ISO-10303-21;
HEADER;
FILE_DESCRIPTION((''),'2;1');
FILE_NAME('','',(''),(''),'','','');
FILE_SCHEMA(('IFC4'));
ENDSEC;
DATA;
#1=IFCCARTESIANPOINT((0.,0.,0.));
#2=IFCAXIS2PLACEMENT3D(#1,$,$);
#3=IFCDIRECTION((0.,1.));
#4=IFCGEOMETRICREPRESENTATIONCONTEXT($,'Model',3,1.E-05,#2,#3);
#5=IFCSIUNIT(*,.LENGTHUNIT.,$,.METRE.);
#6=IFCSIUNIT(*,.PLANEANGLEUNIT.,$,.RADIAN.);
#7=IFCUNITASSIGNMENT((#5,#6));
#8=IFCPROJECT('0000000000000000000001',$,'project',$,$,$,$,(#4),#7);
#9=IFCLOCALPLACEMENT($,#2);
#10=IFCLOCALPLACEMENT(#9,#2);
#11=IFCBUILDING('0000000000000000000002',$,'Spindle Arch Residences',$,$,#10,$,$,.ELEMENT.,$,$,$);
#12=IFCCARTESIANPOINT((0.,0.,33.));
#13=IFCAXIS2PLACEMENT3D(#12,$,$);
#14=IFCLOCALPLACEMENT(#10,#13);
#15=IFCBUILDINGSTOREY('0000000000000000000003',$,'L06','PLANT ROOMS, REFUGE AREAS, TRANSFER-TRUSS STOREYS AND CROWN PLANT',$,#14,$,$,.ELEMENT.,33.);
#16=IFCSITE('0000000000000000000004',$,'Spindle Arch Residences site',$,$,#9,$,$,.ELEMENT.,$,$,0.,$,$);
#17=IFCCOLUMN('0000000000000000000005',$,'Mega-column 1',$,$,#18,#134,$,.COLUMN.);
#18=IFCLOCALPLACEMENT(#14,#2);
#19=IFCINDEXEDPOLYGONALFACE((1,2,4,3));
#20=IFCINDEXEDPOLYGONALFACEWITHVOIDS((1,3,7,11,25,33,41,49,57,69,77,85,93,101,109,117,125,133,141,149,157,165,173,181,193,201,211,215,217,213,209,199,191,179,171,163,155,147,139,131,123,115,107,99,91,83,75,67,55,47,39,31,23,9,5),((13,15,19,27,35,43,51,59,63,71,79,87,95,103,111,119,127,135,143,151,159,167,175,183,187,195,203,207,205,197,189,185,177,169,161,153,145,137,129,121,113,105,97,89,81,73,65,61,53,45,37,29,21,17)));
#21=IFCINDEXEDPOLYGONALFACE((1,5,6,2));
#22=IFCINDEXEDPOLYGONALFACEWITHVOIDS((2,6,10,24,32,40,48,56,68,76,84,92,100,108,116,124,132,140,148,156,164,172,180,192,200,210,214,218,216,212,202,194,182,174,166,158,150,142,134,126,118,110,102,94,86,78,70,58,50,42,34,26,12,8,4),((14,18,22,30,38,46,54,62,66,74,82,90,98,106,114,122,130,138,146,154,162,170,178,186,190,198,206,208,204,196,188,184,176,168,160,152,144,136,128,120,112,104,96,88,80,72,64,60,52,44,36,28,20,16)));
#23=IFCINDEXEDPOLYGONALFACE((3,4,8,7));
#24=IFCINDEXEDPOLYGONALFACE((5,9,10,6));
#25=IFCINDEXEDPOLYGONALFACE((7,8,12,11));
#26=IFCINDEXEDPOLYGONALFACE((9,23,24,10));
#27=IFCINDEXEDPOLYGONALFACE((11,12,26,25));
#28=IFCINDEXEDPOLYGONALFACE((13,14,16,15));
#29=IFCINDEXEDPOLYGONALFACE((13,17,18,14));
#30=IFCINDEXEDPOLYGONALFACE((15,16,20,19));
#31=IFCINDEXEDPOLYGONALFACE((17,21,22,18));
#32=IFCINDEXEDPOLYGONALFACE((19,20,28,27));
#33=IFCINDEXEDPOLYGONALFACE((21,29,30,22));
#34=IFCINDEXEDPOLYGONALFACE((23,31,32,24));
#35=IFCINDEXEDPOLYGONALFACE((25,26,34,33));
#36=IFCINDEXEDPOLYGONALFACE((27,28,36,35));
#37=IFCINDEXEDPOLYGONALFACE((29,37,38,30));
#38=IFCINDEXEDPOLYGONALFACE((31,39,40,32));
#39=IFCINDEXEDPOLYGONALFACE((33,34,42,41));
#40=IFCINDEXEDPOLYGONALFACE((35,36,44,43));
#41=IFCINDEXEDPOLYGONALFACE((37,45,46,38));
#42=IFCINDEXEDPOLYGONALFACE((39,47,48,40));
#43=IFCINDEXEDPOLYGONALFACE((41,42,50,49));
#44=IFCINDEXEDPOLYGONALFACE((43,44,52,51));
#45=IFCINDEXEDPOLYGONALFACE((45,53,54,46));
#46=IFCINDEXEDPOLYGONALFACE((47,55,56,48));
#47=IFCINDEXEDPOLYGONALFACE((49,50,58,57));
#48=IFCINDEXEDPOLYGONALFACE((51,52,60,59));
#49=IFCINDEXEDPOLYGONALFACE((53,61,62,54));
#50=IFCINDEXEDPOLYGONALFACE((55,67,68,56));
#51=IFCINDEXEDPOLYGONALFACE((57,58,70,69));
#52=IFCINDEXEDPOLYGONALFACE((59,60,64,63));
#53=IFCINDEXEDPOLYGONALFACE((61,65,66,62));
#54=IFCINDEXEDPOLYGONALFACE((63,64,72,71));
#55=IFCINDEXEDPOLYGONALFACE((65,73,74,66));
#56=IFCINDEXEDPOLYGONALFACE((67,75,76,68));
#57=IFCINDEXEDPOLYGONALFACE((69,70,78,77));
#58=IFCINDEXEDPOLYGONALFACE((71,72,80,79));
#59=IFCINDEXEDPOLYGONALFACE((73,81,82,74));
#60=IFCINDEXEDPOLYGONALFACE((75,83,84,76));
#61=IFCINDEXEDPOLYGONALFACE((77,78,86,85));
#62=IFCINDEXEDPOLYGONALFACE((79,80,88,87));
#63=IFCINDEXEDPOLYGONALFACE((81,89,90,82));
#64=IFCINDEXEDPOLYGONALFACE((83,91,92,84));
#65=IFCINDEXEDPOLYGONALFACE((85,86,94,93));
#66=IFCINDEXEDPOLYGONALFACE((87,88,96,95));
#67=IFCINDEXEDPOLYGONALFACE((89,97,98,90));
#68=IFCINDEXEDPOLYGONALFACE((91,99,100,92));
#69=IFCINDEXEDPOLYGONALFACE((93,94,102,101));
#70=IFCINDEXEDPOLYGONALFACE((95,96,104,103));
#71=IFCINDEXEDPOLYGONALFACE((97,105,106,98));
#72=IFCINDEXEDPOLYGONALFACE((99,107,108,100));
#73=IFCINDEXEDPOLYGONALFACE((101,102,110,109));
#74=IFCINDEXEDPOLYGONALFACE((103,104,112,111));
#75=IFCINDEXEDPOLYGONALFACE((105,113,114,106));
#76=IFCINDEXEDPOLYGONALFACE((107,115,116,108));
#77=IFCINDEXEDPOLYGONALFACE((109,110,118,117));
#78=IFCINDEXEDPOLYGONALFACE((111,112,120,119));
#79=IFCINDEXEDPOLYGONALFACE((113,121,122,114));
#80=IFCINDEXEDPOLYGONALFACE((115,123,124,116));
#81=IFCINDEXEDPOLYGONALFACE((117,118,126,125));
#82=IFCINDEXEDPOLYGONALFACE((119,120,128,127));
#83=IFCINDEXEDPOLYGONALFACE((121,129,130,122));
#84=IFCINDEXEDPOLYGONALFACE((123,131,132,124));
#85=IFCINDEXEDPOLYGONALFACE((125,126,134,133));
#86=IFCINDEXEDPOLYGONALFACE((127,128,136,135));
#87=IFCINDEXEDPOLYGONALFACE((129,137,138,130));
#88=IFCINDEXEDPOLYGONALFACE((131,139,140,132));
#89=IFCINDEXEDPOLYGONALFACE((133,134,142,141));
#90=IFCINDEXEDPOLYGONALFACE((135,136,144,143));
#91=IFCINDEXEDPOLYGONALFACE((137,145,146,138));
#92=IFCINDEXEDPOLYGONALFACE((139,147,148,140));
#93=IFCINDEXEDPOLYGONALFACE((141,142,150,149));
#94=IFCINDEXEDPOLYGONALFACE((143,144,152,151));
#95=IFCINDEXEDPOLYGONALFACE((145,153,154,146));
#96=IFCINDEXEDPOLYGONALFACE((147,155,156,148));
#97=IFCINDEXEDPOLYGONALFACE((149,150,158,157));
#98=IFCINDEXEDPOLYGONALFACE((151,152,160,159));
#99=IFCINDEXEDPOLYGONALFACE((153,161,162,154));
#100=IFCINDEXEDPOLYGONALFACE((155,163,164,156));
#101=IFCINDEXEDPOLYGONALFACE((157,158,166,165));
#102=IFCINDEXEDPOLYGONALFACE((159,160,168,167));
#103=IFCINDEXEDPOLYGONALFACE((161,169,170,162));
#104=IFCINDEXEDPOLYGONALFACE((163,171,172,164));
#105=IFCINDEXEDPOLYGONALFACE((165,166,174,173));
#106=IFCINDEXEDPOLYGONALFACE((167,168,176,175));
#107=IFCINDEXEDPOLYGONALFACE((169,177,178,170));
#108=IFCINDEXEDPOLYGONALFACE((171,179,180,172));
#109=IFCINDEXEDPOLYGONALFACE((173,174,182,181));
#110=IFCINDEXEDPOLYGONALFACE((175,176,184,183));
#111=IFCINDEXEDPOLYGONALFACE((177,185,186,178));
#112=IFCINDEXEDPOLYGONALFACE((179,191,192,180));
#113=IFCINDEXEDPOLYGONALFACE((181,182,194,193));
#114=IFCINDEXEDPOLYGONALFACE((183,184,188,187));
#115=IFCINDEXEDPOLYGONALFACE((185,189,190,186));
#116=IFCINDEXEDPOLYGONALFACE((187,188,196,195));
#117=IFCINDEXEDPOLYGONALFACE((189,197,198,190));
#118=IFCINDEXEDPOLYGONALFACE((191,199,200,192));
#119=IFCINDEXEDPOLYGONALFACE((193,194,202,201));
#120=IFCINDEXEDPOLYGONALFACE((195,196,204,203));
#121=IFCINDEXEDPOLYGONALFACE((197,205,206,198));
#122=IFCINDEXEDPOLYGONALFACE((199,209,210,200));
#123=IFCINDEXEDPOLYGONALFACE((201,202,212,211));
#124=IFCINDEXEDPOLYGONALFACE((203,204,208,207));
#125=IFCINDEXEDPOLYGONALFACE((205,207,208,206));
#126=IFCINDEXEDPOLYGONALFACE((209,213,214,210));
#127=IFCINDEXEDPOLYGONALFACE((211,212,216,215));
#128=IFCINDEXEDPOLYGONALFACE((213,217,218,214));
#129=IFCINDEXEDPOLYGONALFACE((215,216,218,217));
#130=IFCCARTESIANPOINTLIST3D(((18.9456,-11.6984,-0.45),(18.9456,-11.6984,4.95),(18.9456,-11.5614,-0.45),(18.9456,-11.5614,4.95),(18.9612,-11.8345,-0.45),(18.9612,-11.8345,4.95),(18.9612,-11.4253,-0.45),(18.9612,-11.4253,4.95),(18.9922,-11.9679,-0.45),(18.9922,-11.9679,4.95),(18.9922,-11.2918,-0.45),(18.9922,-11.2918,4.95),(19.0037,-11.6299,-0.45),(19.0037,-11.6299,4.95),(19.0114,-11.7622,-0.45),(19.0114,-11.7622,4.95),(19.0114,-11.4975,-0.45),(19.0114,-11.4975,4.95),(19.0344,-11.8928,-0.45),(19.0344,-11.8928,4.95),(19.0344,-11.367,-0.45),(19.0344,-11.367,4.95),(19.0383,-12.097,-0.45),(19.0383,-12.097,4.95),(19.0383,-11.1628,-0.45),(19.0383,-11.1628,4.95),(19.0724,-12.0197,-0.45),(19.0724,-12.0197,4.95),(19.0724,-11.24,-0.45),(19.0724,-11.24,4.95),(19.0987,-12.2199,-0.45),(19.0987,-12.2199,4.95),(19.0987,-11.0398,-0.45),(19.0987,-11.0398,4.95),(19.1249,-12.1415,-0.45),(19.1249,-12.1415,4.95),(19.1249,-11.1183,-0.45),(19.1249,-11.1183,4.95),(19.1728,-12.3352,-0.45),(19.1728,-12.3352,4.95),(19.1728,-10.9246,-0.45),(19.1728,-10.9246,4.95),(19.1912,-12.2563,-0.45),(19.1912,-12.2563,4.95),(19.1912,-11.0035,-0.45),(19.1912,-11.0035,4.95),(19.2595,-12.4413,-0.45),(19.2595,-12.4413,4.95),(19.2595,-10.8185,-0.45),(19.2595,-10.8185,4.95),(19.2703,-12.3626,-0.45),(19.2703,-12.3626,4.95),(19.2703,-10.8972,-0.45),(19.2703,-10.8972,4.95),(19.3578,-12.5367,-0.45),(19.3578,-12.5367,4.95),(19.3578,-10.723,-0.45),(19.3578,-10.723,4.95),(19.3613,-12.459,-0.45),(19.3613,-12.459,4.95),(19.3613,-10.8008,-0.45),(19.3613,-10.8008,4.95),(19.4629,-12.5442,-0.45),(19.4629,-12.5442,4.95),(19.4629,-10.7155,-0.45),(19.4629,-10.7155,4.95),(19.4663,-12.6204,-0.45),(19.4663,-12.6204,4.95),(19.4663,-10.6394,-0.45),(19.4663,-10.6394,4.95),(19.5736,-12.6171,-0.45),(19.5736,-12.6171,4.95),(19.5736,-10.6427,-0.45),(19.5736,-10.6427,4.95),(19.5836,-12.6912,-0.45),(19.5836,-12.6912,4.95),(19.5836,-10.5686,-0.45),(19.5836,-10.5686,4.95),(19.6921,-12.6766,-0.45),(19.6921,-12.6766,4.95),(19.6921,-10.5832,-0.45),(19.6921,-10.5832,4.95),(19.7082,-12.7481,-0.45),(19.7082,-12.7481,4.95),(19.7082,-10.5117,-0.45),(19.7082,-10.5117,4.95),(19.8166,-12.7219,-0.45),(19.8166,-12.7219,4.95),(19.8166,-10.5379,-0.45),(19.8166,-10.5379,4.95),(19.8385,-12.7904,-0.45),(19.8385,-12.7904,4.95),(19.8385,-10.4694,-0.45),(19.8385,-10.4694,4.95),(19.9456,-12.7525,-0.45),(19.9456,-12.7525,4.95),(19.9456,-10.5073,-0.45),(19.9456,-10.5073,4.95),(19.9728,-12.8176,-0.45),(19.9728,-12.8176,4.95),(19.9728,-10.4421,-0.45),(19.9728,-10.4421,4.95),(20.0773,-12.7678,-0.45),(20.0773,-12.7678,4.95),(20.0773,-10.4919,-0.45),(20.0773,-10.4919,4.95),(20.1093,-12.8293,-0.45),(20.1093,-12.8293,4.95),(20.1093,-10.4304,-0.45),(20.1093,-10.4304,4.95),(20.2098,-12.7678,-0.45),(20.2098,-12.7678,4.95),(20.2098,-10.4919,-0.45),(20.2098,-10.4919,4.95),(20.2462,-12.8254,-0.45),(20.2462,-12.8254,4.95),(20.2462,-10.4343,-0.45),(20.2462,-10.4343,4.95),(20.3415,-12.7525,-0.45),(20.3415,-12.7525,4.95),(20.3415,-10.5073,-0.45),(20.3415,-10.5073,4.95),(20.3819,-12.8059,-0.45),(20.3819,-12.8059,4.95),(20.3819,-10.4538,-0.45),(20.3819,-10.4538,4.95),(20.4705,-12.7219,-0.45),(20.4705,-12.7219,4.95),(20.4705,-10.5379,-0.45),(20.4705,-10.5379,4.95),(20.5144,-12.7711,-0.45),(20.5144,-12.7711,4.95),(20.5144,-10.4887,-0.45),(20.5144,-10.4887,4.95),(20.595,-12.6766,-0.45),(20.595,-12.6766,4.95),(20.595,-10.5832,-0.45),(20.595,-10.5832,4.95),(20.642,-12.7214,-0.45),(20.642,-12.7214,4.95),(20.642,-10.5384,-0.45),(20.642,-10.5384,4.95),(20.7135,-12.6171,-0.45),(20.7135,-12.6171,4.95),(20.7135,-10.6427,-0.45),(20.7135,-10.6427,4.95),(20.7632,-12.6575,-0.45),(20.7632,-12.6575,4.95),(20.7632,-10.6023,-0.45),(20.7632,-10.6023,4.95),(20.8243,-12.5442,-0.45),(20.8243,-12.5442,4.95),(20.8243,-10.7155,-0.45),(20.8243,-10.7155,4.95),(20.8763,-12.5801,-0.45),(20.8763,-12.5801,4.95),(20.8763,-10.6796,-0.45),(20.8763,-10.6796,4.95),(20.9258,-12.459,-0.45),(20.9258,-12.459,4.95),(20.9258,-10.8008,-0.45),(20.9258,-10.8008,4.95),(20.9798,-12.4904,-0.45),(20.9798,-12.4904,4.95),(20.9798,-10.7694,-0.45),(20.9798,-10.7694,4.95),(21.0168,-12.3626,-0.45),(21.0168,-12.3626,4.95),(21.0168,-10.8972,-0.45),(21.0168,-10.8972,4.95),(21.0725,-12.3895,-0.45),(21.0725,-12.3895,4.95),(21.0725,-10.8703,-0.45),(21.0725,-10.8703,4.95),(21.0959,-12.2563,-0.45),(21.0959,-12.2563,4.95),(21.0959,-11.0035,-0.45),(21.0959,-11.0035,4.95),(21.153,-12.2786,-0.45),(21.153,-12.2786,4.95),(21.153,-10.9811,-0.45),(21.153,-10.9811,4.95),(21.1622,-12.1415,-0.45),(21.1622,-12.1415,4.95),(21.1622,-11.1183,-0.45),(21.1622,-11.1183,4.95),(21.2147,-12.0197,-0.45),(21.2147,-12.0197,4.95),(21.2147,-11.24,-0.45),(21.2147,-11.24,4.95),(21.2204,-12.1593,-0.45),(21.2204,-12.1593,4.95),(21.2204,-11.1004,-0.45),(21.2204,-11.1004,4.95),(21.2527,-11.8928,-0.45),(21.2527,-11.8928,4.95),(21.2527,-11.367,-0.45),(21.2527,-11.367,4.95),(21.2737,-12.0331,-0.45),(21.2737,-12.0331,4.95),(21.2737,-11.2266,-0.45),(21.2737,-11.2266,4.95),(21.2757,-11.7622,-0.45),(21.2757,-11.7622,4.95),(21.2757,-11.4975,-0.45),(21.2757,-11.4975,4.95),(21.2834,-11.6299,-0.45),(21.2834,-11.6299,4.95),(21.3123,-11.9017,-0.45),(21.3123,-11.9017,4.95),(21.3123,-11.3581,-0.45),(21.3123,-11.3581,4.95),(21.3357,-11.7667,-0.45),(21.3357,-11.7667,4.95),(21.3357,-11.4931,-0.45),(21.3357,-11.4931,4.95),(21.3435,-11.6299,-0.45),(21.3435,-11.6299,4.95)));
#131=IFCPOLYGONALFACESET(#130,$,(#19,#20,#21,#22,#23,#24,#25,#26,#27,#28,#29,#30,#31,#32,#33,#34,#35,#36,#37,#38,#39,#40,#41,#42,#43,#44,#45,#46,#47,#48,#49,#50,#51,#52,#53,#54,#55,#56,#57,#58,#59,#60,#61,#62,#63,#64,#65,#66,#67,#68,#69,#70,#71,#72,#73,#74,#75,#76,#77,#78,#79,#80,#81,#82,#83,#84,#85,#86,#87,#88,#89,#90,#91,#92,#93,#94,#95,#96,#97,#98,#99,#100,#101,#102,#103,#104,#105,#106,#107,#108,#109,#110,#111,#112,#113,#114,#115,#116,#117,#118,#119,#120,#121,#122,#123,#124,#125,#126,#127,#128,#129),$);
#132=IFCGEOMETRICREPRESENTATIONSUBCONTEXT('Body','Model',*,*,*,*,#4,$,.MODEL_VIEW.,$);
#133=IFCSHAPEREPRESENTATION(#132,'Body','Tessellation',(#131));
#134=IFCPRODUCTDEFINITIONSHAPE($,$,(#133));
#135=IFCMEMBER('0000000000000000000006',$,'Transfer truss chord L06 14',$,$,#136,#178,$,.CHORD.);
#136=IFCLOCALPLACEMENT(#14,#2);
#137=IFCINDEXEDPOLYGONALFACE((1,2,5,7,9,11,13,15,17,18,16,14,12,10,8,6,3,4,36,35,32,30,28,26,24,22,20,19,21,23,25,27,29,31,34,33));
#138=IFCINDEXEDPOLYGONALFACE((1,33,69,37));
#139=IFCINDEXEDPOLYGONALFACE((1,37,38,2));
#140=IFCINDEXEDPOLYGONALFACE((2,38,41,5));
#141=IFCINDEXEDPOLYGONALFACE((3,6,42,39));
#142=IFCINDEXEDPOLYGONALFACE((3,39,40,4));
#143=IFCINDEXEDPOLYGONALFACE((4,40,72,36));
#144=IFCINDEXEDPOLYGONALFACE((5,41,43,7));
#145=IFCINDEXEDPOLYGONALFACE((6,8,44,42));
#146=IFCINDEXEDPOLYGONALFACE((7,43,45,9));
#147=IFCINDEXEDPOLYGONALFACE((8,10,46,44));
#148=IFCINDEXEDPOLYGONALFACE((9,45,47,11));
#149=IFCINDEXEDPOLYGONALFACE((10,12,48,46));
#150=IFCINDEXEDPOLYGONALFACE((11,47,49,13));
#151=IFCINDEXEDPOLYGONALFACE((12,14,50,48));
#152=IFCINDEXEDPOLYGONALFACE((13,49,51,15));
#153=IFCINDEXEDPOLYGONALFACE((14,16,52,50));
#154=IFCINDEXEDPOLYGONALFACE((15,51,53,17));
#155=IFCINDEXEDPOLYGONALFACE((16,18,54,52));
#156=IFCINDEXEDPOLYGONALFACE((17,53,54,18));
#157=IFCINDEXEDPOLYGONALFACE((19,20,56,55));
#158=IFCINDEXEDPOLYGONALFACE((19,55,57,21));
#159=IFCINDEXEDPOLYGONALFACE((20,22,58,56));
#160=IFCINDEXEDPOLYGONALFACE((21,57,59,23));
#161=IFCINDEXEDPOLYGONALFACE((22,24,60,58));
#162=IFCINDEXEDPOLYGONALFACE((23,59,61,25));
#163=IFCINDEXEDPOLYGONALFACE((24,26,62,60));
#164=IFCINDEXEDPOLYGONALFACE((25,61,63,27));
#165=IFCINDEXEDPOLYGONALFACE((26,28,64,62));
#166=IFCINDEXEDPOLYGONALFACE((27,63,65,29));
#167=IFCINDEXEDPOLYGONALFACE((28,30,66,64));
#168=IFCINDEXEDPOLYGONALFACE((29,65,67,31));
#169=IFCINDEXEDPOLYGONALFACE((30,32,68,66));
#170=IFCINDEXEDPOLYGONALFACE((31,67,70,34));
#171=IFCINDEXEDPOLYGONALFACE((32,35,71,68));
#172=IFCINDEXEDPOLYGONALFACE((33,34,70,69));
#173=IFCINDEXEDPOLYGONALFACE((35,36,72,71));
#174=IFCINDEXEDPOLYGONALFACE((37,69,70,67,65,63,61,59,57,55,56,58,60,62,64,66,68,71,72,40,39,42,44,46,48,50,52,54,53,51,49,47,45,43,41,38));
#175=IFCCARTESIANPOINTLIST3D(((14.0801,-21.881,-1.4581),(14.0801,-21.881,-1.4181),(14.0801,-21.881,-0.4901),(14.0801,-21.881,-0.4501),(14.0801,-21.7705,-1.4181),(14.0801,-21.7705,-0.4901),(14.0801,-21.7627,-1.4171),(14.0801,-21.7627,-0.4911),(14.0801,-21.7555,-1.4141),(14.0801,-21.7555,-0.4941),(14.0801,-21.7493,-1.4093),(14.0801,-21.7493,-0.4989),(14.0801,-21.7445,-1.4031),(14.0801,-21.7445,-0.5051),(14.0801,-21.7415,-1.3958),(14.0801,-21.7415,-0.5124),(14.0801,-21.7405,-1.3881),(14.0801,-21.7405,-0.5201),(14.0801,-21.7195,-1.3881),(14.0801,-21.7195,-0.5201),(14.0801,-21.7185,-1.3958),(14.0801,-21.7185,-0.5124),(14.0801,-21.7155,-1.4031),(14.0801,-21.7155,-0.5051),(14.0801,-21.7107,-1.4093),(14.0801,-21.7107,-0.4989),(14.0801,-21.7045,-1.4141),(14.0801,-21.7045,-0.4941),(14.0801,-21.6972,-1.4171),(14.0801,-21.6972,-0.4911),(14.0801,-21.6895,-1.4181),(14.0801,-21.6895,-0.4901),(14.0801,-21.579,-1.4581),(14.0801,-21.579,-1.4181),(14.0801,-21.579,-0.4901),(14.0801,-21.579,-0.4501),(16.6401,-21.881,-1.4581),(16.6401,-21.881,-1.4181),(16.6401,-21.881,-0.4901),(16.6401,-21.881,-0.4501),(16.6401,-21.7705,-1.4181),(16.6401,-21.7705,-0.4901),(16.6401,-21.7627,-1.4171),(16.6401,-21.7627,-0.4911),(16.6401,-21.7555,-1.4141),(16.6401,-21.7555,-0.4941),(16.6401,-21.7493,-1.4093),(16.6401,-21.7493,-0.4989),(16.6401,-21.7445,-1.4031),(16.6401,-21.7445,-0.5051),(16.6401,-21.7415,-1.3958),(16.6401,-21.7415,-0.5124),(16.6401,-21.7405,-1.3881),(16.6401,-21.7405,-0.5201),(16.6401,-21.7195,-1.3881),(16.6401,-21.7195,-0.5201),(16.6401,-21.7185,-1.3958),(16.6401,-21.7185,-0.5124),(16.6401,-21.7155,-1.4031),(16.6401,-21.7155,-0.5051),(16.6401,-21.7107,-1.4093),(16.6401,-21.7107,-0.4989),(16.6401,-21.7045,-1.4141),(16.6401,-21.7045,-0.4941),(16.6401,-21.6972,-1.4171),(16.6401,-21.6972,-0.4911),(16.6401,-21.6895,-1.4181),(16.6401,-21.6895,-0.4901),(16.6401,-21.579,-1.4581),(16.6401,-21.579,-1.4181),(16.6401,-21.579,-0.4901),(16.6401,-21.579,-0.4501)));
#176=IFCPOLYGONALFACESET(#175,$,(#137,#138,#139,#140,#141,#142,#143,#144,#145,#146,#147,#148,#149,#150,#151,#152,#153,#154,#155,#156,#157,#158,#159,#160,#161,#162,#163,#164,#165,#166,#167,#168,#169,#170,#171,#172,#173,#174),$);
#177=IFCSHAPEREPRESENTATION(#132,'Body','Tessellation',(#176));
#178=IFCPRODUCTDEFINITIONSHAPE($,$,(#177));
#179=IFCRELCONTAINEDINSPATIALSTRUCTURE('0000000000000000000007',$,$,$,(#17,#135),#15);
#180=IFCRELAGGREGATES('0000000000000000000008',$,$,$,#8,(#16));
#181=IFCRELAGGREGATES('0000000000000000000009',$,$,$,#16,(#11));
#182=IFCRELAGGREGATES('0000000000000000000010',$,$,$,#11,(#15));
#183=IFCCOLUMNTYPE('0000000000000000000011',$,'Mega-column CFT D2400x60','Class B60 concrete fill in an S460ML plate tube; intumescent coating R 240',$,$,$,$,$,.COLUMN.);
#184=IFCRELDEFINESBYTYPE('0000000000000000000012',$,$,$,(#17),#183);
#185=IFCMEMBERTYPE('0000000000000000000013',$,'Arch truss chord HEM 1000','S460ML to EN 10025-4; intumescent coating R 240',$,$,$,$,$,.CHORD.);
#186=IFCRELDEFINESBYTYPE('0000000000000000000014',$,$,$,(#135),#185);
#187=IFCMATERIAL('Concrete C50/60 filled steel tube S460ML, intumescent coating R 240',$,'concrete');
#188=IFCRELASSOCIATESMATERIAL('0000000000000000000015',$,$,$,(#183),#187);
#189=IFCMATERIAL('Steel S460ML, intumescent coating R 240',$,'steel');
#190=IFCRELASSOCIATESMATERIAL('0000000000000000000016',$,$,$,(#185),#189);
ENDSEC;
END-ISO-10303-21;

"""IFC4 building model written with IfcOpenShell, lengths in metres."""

from ifc_helpers import new_model, si_unit, direction, frame, origin, origin_2d, place, context, subcontext, project, spatial, hollow_circle, i_section, extrude, material, material_profile, profile_set, type_object, element, save


model = new_model("IFC4")

# Units and contexts
model_context = context("Model", 3, precision=1e-05, world=origin(), true_north=direction((0.0, 1.0)))
body_context = subcontext(model_context, "Body", "Model", "MODEL_VIEW")
ifc_project = project(units=[si_unit("LENGTHUNIT", "METRE"), si_unit("PLANEANGLEUNIT", "RADIAN")], contexts=[model_context])

# Site, building, storey
site_placement = place(None, origin())
site = spatial("IfcSite", under=ifc_project, at=site_placement, Name="Spindle Arch Residences site", CompositionType="ELEMENT", RefElevation=0.0)
building_placement = place(site_placement, origin())
building = spatial("IfcBuilding", under=site, at=building_placement, Name="Spindle Arch Residences", CompositionType="ELEMENT")
storey_placement = place(building_placement, frame((0.0, 0.0, 33.0)))
storey = spatial("IfcBuildingStorey", under=building, at=storey_placement, Name="L06", Description="PLANT ROOMS, REFUGE AREAS, TRANSFER-TRUSS STOREYS AND CROWN PLANT", CompositionType="ELEMENT", Elevation=33.0)

# Column
ifc_material_1 = material(Name="Concrete C50/60 filled steel tube S460ML, intumescent coating R 240", Category="concrete")
ifc_material_profile_1 = material_profile(ifc_material_1, hollow_circle(Radius=1.2, WallThickness=0.0601, at=origin_2d()), Name="CFT D2400x60")
ifc_profile_set_1 = profile_set([ifc_material_profile_1], Name="Concrete C50/60 filled steel tube S460ML, intumescent coating R 240")
column_type = type_object("IfcColumnType", Name="Mega-column CFT D2400x60", Description="Class B60 concrete fill in an S460ML plate tube; intumescent coating R 240", PredefinedType="COLUMN", material=ifc_profile_set_1)
column_placement = place(storey_placement, frame((20.1436, -11.6299, -0.45), z_axis=(0.0, 0.0, 1.0), x_axis=(1.0, 0.0, 0.0)))
element("IfcColumn", 1, at=column_placement, inside=storey, type_object=column_type, Name="Mega-column 1", PredefinedType="COLUMN", context=body_context, shape_type="SweptSolid", body=[
    extrude(hollow_circle(Radius=1.2, WallThickness=0.0601, at=origin_2d()), origin(), (0.0, 0.0, 1.0), 5.3999),
])

# Member
ifc_material_2 = material(Name="Steel S460ML, intumescent coating R 240", Category="steel")
ifc_material_profile_2 = material_profile(ifc_material_2, i_section(OverallWidth=0.302, OverallDepth=1.0081, WebThickness=0.021, FlangeThickness=0.04, FilletRadius=0.03, at=origin_2d()), Name="HEM 1000")
ifc_profile_set_2 = profile_set([ifc_material_profile_2], Name="Steel S460ML, intumescent coating R 240")
member_type_1 = type_object("IfcMemberType", Name="Arch truss chord HEM 1000", Description="S460ML to EN 10025-4; intumescent coating R 240", PredefinedType="CHORD", material=ifc_profile_set_2)
for number, where, z_axis, x_axis, name in (
    (2, (14.0801, -21.73, -0.9541), (1.0, 0.0, 0.0), (0.0, 1.0, 0.0), "Transfer truss chord L06 14"),
):
    element("IfcMember", number, at=place(storey_placement, frame(where, z_axis=z_axis, x_axis=x_axis)), inside=storey, type_object=member_type_1, Name=name, PredefinedType="CHORD", context=body_context, shape_type="SweptSolid", body=[
        extrude(i_section(OverallWidth=0.302, OverallDepth=1.0081, WebThickness=0.021, FlangeThickness=0.04, FilletRadius=0.03, at=origin_2d()), origin(), (0.0, 0.0, 1.0), 2.5601),
    ])

save(model, "model.ifc")
